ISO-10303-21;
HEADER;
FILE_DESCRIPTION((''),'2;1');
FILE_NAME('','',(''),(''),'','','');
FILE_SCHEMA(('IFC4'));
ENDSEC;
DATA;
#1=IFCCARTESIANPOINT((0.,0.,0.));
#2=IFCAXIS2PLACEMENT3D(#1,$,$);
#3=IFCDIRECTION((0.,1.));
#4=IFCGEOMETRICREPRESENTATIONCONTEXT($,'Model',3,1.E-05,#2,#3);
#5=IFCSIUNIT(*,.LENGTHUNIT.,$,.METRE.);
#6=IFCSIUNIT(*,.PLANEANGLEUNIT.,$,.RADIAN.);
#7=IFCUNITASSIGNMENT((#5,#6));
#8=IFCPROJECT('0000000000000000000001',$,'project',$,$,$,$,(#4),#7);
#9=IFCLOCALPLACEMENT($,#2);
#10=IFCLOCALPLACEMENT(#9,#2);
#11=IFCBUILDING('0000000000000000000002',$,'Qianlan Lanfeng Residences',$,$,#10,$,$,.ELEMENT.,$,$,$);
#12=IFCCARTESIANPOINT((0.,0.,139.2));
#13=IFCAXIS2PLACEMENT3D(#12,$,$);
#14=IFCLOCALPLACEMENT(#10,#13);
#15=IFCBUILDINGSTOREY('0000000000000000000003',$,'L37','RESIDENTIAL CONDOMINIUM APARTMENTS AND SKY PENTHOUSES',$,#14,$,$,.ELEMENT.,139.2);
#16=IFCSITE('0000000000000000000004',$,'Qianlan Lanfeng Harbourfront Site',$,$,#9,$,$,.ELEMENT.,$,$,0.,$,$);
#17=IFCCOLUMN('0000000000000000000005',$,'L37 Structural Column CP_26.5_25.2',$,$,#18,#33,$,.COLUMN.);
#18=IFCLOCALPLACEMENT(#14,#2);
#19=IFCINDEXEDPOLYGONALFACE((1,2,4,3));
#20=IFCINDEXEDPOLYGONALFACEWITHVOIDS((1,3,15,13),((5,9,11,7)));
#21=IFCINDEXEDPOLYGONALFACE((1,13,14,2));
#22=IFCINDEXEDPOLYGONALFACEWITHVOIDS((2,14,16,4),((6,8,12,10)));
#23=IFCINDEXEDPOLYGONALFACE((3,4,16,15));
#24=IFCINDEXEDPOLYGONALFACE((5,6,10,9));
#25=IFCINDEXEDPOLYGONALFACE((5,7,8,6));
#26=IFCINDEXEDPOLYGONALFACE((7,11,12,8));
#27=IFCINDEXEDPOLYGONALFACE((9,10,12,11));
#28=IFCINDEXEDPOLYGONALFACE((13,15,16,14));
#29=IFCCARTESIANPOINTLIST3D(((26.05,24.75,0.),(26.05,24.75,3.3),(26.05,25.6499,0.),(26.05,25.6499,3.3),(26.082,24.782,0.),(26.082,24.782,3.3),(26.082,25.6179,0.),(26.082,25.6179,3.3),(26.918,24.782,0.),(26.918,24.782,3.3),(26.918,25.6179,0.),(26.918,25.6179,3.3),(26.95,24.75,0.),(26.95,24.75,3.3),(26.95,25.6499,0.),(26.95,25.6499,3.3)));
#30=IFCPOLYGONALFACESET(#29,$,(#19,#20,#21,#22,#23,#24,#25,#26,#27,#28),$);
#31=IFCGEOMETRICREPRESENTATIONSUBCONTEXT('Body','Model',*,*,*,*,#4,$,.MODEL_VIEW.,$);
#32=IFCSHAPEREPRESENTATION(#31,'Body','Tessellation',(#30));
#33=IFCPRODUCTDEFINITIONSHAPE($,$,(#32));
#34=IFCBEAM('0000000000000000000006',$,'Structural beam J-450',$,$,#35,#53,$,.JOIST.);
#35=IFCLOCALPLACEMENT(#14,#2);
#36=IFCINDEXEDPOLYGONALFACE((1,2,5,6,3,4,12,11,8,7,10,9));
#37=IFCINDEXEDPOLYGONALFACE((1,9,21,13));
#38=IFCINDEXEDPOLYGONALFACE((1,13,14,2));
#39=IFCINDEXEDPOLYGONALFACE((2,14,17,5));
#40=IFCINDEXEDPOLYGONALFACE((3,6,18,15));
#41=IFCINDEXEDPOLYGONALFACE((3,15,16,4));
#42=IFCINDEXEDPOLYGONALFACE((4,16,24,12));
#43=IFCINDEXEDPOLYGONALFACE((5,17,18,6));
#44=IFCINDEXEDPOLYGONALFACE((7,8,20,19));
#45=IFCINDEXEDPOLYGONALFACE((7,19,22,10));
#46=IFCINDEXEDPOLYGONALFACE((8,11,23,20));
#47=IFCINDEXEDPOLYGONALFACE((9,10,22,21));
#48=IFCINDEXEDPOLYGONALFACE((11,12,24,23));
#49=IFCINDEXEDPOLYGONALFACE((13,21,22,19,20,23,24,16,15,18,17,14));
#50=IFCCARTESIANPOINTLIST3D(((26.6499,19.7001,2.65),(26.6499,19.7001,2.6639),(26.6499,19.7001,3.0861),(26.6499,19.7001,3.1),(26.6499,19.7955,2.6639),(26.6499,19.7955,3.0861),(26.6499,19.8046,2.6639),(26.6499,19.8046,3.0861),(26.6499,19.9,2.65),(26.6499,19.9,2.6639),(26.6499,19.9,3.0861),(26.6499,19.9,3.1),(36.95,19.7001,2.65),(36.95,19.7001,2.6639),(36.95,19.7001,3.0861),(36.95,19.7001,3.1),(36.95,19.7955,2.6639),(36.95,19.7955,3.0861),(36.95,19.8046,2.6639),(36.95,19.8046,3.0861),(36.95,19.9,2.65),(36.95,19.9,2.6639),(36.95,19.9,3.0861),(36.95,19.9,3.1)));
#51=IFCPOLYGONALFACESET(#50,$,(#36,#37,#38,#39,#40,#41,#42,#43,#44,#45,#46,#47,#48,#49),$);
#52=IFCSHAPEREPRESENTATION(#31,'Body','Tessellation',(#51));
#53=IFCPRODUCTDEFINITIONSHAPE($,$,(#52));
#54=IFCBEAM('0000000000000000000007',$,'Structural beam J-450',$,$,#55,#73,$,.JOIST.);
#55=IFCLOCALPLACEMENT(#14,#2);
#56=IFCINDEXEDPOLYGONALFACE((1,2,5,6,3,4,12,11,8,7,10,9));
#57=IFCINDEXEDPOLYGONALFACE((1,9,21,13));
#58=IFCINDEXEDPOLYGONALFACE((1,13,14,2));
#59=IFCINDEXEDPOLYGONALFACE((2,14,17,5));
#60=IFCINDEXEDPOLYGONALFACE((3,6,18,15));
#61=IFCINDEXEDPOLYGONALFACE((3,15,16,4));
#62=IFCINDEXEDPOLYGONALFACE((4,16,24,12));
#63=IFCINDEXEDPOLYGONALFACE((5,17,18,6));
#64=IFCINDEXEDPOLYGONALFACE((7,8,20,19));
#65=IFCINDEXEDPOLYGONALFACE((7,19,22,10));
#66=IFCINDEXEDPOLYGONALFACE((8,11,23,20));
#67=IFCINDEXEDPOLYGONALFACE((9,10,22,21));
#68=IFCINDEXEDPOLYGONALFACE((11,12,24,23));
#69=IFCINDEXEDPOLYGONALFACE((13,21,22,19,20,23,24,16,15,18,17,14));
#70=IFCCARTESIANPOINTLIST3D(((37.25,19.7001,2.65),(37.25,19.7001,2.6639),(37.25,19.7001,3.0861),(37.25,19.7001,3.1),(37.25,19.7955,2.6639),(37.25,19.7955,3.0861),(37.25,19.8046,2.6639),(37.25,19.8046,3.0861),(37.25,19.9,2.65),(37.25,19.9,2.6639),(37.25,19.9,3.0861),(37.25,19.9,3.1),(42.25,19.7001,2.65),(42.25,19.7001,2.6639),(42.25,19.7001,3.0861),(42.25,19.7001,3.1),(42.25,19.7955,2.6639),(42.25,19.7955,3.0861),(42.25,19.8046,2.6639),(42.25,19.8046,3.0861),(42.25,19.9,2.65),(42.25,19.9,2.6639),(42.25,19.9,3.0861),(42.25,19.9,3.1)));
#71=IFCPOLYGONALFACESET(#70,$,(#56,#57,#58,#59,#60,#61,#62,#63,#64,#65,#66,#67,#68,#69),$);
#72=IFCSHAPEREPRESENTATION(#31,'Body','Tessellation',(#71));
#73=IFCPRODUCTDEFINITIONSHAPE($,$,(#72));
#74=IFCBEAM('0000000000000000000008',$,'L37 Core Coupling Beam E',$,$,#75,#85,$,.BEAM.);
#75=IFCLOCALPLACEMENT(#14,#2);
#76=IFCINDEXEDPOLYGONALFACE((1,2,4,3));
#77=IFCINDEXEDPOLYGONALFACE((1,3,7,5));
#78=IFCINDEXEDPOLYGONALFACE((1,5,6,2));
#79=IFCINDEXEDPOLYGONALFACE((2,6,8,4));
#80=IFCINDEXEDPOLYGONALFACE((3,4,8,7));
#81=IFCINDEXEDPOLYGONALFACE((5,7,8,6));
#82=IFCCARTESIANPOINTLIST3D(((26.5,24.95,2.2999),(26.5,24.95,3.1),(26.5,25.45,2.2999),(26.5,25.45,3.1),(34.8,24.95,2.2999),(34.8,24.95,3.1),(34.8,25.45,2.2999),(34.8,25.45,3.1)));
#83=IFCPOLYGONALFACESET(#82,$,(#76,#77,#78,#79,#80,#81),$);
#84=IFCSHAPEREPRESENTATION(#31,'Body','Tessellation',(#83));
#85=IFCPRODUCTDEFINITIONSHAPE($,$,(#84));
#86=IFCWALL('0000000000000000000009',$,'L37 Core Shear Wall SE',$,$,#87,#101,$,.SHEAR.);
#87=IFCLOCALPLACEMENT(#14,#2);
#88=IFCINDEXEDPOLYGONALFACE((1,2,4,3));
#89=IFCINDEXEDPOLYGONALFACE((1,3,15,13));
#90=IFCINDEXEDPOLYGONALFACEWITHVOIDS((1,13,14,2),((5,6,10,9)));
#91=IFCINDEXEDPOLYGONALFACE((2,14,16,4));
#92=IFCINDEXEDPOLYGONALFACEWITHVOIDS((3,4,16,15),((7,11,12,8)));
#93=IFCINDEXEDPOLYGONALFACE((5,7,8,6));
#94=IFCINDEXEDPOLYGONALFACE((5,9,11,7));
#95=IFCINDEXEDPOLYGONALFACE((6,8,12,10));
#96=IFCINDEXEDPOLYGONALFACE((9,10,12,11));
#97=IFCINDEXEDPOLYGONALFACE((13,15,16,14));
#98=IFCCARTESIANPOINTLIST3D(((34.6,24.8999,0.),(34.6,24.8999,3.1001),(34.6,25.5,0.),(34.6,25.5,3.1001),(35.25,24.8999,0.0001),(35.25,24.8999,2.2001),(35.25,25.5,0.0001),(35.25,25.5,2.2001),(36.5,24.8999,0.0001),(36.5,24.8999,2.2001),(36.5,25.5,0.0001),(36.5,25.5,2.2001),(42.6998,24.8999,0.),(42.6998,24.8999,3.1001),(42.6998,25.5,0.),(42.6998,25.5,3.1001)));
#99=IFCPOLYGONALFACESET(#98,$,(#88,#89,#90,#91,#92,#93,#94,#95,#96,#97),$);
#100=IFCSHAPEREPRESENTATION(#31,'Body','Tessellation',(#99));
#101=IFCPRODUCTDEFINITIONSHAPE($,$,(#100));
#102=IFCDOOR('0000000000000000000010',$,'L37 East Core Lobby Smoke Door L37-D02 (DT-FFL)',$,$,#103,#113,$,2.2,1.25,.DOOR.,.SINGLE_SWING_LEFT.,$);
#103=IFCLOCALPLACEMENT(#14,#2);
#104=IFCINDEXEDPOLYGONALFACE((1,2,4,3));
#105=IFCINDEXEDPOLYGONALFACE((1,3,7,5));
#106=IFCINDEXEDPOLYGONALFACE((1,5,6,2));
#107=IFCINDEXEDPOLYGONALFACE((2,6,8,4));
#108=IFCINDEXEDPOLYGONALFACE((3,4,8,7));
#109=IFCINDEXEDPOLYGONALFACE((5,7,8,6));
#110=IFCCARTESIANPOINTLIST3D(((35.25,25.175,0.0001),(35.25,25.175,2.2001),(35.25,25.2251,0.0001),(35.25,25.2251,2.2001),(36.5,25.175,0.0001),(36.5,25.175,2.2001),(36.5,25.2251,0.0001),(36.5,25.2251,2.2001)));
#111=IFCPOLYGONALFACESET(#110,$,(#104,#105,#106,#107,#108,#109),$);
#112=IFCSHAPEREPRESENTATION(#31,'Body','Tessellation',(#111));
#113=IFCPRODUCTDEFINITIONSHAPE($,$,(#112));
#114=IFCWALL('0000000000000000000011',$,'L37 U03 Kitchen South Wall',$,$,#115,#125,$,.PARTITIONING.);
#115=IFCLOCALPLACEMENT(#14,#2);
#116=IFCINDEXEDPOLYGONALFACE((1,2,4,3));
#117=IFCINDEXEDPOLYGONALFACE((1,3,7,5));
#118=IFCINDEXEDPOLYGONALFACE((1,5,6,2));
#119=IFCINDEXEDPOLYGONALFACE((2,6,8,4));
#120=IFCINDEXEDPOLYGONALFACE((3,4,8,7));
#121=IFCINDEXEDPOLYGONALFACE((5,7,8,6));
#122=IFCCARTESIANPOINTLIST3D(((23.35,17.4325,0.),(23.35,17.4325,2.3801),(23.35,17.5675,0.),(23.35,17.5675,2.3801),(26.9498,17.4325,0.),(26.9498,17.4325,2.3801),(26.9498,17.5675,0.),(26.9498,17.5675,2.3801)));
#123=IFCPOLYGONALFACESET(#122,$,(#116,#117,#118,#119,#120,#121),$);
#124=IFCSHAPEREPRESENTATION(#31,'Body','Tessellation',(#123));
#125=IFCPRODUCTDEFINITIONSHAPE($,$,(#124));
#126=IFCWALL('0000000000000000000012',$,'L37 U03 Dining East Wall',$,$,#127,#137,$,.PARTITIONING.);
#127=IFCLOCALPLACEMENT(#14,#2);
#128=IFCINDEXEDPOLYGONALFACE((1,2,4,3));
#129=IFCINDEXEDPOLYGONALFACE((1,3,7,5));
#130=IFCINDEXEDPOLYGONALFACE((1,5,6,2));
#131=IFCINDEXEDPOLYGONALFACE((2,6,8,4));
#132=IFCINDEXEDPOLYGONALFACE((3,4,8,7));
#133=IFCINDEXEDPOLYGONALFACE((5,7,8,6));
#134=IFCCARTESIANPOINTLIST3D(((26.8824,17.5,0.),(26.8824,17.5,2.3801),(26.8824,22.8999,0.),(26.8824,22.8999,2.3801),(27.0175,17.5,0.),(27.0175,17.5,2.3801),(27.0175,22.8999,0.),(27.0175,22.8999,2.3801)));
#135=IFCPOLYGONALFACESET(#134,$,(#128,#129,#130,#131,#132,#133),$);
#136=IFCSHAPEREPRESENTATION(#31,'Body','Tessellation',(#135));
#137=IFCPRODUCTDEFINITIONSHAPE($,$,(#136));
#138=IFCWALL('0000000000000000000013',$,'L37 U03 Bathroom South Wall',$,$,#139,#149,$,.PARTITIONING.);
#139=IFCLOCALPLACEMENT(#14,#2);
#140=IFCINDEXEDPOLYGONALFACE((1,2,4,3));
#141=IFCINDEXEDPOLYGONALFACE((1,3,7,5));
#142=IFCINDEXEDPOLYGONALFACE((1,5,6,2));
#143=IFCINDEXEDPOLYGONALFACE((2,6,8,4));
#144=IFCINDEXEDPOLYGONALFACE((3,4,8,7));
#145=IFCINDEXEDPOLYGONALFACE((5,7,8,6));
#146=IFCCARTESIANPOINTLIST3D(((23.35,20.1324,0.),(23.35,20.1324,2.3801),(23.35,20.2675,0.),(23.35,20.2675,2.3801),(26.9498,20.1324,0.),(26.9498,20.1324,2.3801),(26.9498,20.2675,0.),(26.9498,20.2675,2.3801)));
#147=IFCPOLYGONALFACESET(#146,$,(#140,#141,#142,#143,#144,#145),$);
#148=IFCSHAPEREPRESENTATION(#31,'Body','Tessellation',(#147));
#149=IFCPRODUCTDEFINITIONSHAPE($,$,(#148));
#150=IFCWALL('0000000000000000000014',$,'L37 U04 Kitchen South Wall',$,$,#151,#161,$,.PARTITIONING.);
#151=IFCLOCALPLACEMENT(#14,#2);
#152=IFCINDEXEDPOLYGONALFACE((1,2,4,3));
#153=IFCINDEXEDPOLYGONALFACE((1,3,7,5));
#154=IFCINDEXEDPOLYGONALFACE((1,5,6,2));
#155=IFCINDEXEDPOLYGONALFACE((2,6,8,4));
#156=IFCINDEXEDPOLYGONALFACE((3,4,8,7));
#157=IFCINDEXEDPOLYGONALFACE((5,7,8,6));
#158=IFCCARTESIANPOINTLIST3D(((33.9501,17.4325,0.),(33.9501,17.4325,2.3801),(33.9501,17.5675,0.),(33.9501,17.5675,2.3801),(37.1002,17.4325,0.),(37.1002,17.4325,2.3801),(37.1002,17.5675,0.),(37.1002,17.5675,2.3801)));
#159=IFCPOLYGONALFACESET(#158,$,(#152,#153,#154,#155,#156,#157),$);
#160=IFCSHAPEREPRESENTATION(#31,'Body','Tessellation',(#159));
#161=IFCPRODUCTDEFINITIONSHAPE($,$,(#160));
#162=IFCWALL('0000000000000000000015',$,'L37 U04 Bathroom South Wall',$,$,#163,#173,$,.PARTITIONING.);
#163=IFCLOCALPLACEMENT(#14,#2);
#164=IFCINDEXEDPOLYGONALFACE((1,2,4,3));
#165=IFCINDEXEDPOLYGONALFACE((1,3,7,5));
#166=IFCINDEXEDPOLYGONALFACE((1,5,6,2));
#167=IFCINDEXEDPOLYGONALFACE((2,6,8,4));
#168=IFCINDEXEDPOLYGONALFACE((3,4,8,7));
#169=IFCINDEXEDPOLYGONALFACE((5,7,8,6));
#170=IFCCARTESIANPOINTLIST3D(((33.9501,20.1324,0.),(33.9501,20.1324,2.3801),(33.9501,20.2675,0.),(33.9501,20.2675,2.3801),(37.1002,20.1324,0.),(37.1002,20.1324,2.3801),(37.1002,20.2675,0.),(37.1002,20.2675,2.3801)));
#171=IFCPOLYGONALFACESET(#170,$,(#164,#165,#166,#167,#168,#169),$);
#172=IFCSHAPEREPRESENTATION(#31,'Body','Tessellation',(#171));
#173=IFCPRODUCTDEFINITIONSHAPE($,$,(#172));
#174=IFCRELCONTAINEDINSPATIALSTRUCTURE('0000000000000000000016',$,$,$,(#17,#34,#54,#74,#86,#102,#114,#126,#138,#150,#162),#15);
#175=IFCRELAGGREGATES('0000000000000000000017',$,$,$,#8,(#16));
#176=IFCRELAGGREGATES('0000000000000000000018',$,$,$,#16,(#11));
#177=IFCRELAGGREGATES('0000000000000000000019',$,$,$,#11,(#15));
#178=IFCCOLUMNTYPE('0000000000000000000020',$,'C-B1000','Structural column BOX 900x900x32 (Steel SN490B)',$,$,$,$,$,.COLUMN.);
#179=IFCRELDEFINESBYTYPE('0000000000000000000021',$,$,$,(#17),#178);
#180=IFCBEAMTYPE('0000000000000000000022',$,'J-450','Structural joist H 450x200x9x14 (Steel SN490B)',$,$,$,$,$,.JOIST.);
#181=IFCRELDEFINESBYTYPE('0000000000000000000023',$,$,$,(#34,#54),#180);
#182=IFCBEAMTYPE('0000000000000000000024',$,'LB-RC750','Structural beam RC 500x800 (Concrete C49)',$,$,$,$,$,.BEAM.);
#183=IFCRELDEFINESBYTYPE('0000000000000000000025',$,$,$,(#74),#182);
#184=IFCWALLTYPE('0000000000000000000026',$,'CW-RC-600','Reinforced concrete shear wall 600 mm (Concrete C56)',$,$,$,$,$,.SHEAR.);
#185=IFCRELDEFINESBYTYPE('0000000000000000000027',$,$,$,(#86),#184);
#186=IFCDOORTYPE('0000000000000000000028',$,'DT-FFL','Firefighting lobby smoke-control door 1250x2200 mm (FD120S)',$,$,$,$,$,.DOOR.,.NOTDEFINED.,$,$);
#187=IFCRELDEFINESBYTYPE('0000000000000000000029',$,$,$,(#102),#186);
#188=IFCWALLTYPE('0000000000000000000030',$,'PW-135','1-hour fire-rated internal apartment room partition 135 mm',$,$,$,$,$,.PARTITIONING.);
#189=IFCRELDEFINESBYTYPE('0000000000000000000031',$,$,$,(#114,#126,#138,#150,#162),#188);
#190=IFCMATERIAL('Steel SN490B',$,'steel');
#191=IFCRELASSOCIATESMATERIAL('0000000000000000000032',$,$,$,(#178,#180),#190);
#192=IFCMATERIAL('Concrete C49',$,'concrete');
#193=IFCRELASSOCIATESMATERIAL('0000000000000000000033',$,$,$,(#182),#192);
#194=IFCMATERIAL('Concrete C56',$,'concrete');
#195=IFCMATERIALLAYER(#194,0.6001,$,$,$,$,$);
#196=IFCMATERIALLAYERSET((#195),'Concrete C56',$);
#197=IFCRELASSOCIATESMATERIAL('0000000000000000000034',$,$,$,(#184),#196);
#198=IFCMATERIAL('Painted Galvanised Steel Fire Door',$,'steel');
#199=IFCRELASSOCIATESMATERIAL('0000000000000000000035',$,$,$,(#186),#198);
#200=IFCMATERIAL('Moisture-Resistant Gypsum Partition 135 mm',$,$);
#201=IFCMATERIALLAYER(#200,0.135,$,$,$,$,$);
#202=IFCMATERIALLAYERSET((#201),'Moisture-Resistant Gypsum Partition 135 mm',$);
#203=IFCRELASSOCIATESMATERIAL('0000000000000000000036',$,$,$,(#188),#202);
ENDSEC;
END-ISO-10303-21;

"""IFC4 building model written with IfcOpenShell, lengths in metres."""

from ifc_helpers import new_model, si_unit, direction, frame, frame_2d, origin, origin_2d, place, context, subcontext, project, spatial, rectangle, hollow_rectangle, i_section, extrude, material, layer, layer_set, material_profile, profile_set, type_object, element, fill, save


model = new_model("IFC4")

# Units and contexts
model_context = context("Model", 3, precision=1e-05, world=origin(), true_north=direction((0.0, 1.0)))
body_context = subcontext(model_context, "Body", "Model", "MODEL_VIEW")
ifc_project = project(units=[si_unit("LENGTHUNIT", "METRE"), si_unit("PLANEANGLEUNIT", "RADIAN")], contexts=[model_context])

# Site, building, storey
site_placement = place(None, origin())
site = spatial("IfcSite", under=ifc_project, at=site_placement, Name="Qianlan Lanfeng Harbourfront Site", CompositionType="ELEMENT", RefElevation=0.0)
building_placement = place(site_placement, origin())
building = spatial("IfcBuilding", under=site, at=building_placement, Name="Qianlan Lanfeng Residences", CompositionType="ELEMENT")
storey_placement = place(building_placement, frame((0.0, 0.0, 139.2)))
storey = spatial("IfcBuildingStorey", under=building, at=storey_placement, Name="L37", Description="RESIDENTIAL CONDOMINIUM APARTMENTS AND SKY PENTHOUSES", CompositionType="ELEMENT", Elevation=139.2)

# Column
ifc_material_1 = material(Name="Steel SN490B", Category="steel")
ifc_material_profile_1 = material_profile(ifc_material_1, hollow_rectangle(XDim=0.8999, YDim=0.8999, WallThickness=0.032, at=origin_2d()), Name="BOX 900x900x32")
ifc_profile_set_1 = profile_set([ifc_material_profile_1], Name="Steel SN490B")
column_type = type_object("IfcColumnType", Name="C-B1000", Description="Structural column BOX 900x900x32 (Steel SN490B)", PredefinedType="COLUMN", material=ifc_profile_set_1)
column_placement = place(storey_placement, frame((26.5, 25.2, 0.0), z_axis=(0.0, 0.0, 1.0), x_axis=(1.0, 0.0, 0.0)))
element("IfcColumn", 1, at=column_placement, inside=storey, type_object=column_type, Name="L37 Structural Column CP_26.5_25.2", PredefinedType="COLUMN", context=body_context, shape_type="SweptSolid", body=[
    extrude(hollow_rectangle(XDim=0.8999, YDim=0.8999, WallThickness=0.032, at=origin_2d()), origin(), (0.0, 0.0, 1.0), 3.3),
])

# Beams
ifc_material_profile_2 = material_profile(ifc_material_1, i_section(OverallWidth=0.2, OverallDepth=0.45, WebThickness=0.009, FlangeThickness=0.0139, at=origin_2d()), Name="H 450x200x9x14")
ifc_profile_set_2 = profile_set([ifc_material_profile_2], Name="Steel SN490B")
beam_type_1 = type_object("IfcBeamType", Name="J-450", Description="Structural joist H 450x200x9x14 (Steel SN490B)", PredefinedType="JOIST", material=ifc_profile_set_2)
beam_1_placement = place(storey_placement, frame((26.6499, 19.8, 2.875), z_axis=(1.0, 0.0, 0.0), x_axis=(0.0, 1.0, 0.0)))
element("IfcBeam", 2, at=beam_1_placement, inside=storey, type_object=beam_type_1, Name="Structural beam J-450", PredefinedType="JOIST", context=body_context, shape_type="SweptSolid", body=[
    extrude(i_section(OverallWidth=0.2, OverallDepth=0.45, WebThickness=0.009, FlangeThickness=0.0139, at=origin_2d()), origin(), (0.0, 0.0, 1.0), 10.3),
])
beam_2_placement = place(storey_placement, frame((37.25, 19.8, 2.875), z_axis=(1.0, 0.0, 0.0), x_axis=(0.0, 1.0, 0.0)))
element("IfcBeam", 3, at=beam_2_placement, inside=storey, type_object=beam_type_1, Name="Structural beam J-450", PredefinedType="JOIST", context=body_context, shape_type="SweptSolid", body=[
    extrude(i_section(OverallWidth=0.2, OverallDepth=0.45, WebThickness=0.009, FlangeThickness=0.0139, at=origin_2d()), origin(), (0.0, 0.0, 1.0), 5.0),
])
ifc_material_2 = material(Name="Concrete C49", Category="concrete")
ifc_material_profile_3 = material_profile(ifc_material_2, rectangle(XDim=0.5, YDim=0.8, at=origin_2d()), Name="RC 500x800")
ifc_profile_set_3 = profile_set([ifc_material_profile_3], Name="Concrete C49")
beam_type_2 = type_object("IfcBeamType", Name="LB-RC750", Description="Structural beam RC 500x800 (Concrete C49)", PredefinedType="BEAM", material=ifc_profile_set_3)
beam_3_placement = place(storey_placement, frame((26.5, 25.2, 2.7), z_axis=(1.0, 0.0, 0.0), x_axis=(0.0, 1.0, 0.0)))
element("IfcBeam", 4, at=beam_3_placement, inside=storey, type_object=beam_type_2, Name="L37 Core Coupling Beam E", PredefinedType="BEAM", context=body_context, shape_type="SweptSolid", body=[
    extrude(rectangle(XDim=0.5, YDim=0.8, at=origin_2d()), origin(), (0.0, 0.0, 1.0), 8.3),
])

# Wall, opening, door
ifc_material_3 = material(Name="Concrete C56", Category="concrete")
ifc_layer_1 = layer(ifc_material_3, 0.6001)
ifc_layer_set_1 = layer_set([ifc_layer_1], Name="Concrete C56")
wall_type_1 = type_object("IfcWallType", Name="CW-RC-600", Description="Reinforced concrete shear wall 600 mm (Concrete C56)", PredefinedType="SHEAR", material=ifc_layer_set_1)
wall_1_placement = place(storey_placement, frame((34.6001, 25.2, 0.0), z_axis=(0.0, 0.0, 1.0), x_axis=(1.0, 0.0, 0.0)))
wall_1 = element("IfcWall", 5, at=wall_1_placement, inside=storey, type_object=wall_type_1, Name="L37 Core Shear Wall SE", PredefinedType="SHEAR", context=body_context, shape_type="SweptSolid", body=[
    extrude(rectangle(XDim=8.0999, YDim=0.6001, at=frame_2d((4.0498, 0.0))), origin(), (0.0, 0.0, 1.0), 3.1001),
])
opening_1_placement = place(wall_1_placement, frame((0.6499, 0.0, 0.0)))
opening_1 = element("IfcOpeningElement", 6, at=opening_1_placement, cuts=wall_1, PredefinedType="OPENING", context=body_context, shape_type="SweptSolid", body=[
    extrude(rectangle(XDim=1.25, YDim=2.2, at=frame_2d((0.625, 1.1001))), frame((0.0, 0.3101, 0.0), z_axis=(0.0, -1.0, 0.0), x_axis=(1.0, 0.0, 0.0)), (0.0, 0.0, 1.0), 0.6201),
])
ifc_material_4 = material(Name="Painted Galvanised Steel Fire Door", Category="steel")
door_type_1 = type_object("IfcDoorType", Name="DT-FFL", Description="Firefighting lobby smoke-control door 1250x2200 mm (FD120S)", OperationType="NOTDEFINED", PredefinedType="DOOR", material=ifc_material_4)
door_1_placement = place(opening_1_placement, frame((1.25, 0.0, 0.0), z_axis=(0.0, 0.0, 1.0), x_axis=(-1.0, 0.0, 0.0)))
door_1 = element("IfcDoor", 7, at=door_1_placement, inside=storey, type_object=door_type_1, Name="L37 East Core Lobby Smoke Door L37-D02 (DT-FFL)", OperationType="SINGLE_SWING_LEFT", OverallHeight=2.2, OverallWidth=1.25, PredefinedType="DOOR", context=body_context, shape_type="SweptSolid", body=[
    extrude(rectangle(XDim=1.25, YDim=2.2, at=frame_2d((0.625, 1.1001))), frame((0.0, 0.0249, 0.0), z_axis=(0.0, -1.0, 0.0), x_axis=(1.0, 0.0, 0.0)), (0.0, 0.0, 1.0), 0.05),
])
fill(opening_1, door_1)

# Walls
ifc_material_5 = material(Name="Moisture-Resistant Gypsum Partition 135 mm")
ifc_layer_2 = layer(ifc_material_5, 0.135)
ifc_layer_set_2 = layer_set([ifc_layer_2], Name="Moisture-Resistant Gypsum Partition 135 mm")
wall_type_2 = type_object("IfcWallType", Name="PW-135", Description="1-hour fire-rated internal apartment room partition 135 mm", PredefinedType="PARTITIONING", material=ifc_layer_set_2)
wall_2_placement = place(storey_placement, frame((23.3501, 17.5, 0.0), z_axis=(0.0, 0.0, 1.0), x_axis=(1.0, 0.0, 0.0)))
element("IfcWall", 8, at=wall_2_placement, inside=storey, type_object=wall_type_2, Name="L37 U03 Kitchen South Wall", PredefinedType="PARTITIONING", context=body_context, shape_type="SweptSolid", body=[
    extrude(rectangle(XDim=3.5999, YDim=0.135, at=frame_2d((1.7998, 0.0))), origin(), (0.0, 0.0, 1.0), 2.3801),
])
wall_3_placement = place(storey_placement, frame((26.95, 17.5, 0.0), z_axis=(0.0, 0.0, 1.0), x_axis=(0.0, 1.0, 0.0)))
element("IfcWall", 9, at=wall_3_placement, inside=storey, type_object=wall_type_2, Name="L37 U03 Dining East Wall", PredefinedType="PARTITIONING", context=body_context, shape_type="SweptSolid", body=[
    extrude(rectangle(XDim=5.3999, YDim=0.135, at=frame_2d((2.7, 0.0))), origin(), (0.0, 0.0, 1.0), 2.3801),
])
wall_4_placement = place(storey_placement, frame((23.3501, 20.2, 0.0), z_axis=(0.0, 0.0, 1.0), x_axis=(1.0, 0.0, 0.0)))
element("IfcWall", 10, at=wall_4_placement, inside=storey, type_object=wall_type_2, Name="L37 U03 Bathroom South Wall", PredefinedType="PARTITIONING", context=body_context, shape_type="SweptSolid", body=[
    extrude(rectangle(XDim=3.5999, YDim=0.135, at=frame_2d((1.7998, 0.0))), origin(), (0.0, 0.0, 1.0), 2.3801),
])
for number, where, z_axis, x_axis, name in (
    (11, (33.95, 17.5, 0.0), (0.0, 0.0, 1.0), (1.0, 0.0, 0.0), "L37 U04 Kitchen South Wall"),
    (12, (33.95, 20.2, 0.0), (0.0, 0.0, 1.0), (1.0, 0.0, 0.0), "L37 U04 Bathroom South Wall"),
):
    element("IfcWall", number, at=place(storey_placement, frame(where, z_axis=z_axis, x_axis=x_axis)), inside=storey, type_object=wall_type_2, Name=name, PredefinedType="PARTITIONING", context=body_context, shape_type="SweptSolid", body=[
        extrude(rectangle(XDim=3.1501, YDim=0.135, at=frame_2d((1.5752, 0.0))), origin(), (0.0, 0.0, 1.0), 2.3801),
    ])

save(model, "model.ifc")
